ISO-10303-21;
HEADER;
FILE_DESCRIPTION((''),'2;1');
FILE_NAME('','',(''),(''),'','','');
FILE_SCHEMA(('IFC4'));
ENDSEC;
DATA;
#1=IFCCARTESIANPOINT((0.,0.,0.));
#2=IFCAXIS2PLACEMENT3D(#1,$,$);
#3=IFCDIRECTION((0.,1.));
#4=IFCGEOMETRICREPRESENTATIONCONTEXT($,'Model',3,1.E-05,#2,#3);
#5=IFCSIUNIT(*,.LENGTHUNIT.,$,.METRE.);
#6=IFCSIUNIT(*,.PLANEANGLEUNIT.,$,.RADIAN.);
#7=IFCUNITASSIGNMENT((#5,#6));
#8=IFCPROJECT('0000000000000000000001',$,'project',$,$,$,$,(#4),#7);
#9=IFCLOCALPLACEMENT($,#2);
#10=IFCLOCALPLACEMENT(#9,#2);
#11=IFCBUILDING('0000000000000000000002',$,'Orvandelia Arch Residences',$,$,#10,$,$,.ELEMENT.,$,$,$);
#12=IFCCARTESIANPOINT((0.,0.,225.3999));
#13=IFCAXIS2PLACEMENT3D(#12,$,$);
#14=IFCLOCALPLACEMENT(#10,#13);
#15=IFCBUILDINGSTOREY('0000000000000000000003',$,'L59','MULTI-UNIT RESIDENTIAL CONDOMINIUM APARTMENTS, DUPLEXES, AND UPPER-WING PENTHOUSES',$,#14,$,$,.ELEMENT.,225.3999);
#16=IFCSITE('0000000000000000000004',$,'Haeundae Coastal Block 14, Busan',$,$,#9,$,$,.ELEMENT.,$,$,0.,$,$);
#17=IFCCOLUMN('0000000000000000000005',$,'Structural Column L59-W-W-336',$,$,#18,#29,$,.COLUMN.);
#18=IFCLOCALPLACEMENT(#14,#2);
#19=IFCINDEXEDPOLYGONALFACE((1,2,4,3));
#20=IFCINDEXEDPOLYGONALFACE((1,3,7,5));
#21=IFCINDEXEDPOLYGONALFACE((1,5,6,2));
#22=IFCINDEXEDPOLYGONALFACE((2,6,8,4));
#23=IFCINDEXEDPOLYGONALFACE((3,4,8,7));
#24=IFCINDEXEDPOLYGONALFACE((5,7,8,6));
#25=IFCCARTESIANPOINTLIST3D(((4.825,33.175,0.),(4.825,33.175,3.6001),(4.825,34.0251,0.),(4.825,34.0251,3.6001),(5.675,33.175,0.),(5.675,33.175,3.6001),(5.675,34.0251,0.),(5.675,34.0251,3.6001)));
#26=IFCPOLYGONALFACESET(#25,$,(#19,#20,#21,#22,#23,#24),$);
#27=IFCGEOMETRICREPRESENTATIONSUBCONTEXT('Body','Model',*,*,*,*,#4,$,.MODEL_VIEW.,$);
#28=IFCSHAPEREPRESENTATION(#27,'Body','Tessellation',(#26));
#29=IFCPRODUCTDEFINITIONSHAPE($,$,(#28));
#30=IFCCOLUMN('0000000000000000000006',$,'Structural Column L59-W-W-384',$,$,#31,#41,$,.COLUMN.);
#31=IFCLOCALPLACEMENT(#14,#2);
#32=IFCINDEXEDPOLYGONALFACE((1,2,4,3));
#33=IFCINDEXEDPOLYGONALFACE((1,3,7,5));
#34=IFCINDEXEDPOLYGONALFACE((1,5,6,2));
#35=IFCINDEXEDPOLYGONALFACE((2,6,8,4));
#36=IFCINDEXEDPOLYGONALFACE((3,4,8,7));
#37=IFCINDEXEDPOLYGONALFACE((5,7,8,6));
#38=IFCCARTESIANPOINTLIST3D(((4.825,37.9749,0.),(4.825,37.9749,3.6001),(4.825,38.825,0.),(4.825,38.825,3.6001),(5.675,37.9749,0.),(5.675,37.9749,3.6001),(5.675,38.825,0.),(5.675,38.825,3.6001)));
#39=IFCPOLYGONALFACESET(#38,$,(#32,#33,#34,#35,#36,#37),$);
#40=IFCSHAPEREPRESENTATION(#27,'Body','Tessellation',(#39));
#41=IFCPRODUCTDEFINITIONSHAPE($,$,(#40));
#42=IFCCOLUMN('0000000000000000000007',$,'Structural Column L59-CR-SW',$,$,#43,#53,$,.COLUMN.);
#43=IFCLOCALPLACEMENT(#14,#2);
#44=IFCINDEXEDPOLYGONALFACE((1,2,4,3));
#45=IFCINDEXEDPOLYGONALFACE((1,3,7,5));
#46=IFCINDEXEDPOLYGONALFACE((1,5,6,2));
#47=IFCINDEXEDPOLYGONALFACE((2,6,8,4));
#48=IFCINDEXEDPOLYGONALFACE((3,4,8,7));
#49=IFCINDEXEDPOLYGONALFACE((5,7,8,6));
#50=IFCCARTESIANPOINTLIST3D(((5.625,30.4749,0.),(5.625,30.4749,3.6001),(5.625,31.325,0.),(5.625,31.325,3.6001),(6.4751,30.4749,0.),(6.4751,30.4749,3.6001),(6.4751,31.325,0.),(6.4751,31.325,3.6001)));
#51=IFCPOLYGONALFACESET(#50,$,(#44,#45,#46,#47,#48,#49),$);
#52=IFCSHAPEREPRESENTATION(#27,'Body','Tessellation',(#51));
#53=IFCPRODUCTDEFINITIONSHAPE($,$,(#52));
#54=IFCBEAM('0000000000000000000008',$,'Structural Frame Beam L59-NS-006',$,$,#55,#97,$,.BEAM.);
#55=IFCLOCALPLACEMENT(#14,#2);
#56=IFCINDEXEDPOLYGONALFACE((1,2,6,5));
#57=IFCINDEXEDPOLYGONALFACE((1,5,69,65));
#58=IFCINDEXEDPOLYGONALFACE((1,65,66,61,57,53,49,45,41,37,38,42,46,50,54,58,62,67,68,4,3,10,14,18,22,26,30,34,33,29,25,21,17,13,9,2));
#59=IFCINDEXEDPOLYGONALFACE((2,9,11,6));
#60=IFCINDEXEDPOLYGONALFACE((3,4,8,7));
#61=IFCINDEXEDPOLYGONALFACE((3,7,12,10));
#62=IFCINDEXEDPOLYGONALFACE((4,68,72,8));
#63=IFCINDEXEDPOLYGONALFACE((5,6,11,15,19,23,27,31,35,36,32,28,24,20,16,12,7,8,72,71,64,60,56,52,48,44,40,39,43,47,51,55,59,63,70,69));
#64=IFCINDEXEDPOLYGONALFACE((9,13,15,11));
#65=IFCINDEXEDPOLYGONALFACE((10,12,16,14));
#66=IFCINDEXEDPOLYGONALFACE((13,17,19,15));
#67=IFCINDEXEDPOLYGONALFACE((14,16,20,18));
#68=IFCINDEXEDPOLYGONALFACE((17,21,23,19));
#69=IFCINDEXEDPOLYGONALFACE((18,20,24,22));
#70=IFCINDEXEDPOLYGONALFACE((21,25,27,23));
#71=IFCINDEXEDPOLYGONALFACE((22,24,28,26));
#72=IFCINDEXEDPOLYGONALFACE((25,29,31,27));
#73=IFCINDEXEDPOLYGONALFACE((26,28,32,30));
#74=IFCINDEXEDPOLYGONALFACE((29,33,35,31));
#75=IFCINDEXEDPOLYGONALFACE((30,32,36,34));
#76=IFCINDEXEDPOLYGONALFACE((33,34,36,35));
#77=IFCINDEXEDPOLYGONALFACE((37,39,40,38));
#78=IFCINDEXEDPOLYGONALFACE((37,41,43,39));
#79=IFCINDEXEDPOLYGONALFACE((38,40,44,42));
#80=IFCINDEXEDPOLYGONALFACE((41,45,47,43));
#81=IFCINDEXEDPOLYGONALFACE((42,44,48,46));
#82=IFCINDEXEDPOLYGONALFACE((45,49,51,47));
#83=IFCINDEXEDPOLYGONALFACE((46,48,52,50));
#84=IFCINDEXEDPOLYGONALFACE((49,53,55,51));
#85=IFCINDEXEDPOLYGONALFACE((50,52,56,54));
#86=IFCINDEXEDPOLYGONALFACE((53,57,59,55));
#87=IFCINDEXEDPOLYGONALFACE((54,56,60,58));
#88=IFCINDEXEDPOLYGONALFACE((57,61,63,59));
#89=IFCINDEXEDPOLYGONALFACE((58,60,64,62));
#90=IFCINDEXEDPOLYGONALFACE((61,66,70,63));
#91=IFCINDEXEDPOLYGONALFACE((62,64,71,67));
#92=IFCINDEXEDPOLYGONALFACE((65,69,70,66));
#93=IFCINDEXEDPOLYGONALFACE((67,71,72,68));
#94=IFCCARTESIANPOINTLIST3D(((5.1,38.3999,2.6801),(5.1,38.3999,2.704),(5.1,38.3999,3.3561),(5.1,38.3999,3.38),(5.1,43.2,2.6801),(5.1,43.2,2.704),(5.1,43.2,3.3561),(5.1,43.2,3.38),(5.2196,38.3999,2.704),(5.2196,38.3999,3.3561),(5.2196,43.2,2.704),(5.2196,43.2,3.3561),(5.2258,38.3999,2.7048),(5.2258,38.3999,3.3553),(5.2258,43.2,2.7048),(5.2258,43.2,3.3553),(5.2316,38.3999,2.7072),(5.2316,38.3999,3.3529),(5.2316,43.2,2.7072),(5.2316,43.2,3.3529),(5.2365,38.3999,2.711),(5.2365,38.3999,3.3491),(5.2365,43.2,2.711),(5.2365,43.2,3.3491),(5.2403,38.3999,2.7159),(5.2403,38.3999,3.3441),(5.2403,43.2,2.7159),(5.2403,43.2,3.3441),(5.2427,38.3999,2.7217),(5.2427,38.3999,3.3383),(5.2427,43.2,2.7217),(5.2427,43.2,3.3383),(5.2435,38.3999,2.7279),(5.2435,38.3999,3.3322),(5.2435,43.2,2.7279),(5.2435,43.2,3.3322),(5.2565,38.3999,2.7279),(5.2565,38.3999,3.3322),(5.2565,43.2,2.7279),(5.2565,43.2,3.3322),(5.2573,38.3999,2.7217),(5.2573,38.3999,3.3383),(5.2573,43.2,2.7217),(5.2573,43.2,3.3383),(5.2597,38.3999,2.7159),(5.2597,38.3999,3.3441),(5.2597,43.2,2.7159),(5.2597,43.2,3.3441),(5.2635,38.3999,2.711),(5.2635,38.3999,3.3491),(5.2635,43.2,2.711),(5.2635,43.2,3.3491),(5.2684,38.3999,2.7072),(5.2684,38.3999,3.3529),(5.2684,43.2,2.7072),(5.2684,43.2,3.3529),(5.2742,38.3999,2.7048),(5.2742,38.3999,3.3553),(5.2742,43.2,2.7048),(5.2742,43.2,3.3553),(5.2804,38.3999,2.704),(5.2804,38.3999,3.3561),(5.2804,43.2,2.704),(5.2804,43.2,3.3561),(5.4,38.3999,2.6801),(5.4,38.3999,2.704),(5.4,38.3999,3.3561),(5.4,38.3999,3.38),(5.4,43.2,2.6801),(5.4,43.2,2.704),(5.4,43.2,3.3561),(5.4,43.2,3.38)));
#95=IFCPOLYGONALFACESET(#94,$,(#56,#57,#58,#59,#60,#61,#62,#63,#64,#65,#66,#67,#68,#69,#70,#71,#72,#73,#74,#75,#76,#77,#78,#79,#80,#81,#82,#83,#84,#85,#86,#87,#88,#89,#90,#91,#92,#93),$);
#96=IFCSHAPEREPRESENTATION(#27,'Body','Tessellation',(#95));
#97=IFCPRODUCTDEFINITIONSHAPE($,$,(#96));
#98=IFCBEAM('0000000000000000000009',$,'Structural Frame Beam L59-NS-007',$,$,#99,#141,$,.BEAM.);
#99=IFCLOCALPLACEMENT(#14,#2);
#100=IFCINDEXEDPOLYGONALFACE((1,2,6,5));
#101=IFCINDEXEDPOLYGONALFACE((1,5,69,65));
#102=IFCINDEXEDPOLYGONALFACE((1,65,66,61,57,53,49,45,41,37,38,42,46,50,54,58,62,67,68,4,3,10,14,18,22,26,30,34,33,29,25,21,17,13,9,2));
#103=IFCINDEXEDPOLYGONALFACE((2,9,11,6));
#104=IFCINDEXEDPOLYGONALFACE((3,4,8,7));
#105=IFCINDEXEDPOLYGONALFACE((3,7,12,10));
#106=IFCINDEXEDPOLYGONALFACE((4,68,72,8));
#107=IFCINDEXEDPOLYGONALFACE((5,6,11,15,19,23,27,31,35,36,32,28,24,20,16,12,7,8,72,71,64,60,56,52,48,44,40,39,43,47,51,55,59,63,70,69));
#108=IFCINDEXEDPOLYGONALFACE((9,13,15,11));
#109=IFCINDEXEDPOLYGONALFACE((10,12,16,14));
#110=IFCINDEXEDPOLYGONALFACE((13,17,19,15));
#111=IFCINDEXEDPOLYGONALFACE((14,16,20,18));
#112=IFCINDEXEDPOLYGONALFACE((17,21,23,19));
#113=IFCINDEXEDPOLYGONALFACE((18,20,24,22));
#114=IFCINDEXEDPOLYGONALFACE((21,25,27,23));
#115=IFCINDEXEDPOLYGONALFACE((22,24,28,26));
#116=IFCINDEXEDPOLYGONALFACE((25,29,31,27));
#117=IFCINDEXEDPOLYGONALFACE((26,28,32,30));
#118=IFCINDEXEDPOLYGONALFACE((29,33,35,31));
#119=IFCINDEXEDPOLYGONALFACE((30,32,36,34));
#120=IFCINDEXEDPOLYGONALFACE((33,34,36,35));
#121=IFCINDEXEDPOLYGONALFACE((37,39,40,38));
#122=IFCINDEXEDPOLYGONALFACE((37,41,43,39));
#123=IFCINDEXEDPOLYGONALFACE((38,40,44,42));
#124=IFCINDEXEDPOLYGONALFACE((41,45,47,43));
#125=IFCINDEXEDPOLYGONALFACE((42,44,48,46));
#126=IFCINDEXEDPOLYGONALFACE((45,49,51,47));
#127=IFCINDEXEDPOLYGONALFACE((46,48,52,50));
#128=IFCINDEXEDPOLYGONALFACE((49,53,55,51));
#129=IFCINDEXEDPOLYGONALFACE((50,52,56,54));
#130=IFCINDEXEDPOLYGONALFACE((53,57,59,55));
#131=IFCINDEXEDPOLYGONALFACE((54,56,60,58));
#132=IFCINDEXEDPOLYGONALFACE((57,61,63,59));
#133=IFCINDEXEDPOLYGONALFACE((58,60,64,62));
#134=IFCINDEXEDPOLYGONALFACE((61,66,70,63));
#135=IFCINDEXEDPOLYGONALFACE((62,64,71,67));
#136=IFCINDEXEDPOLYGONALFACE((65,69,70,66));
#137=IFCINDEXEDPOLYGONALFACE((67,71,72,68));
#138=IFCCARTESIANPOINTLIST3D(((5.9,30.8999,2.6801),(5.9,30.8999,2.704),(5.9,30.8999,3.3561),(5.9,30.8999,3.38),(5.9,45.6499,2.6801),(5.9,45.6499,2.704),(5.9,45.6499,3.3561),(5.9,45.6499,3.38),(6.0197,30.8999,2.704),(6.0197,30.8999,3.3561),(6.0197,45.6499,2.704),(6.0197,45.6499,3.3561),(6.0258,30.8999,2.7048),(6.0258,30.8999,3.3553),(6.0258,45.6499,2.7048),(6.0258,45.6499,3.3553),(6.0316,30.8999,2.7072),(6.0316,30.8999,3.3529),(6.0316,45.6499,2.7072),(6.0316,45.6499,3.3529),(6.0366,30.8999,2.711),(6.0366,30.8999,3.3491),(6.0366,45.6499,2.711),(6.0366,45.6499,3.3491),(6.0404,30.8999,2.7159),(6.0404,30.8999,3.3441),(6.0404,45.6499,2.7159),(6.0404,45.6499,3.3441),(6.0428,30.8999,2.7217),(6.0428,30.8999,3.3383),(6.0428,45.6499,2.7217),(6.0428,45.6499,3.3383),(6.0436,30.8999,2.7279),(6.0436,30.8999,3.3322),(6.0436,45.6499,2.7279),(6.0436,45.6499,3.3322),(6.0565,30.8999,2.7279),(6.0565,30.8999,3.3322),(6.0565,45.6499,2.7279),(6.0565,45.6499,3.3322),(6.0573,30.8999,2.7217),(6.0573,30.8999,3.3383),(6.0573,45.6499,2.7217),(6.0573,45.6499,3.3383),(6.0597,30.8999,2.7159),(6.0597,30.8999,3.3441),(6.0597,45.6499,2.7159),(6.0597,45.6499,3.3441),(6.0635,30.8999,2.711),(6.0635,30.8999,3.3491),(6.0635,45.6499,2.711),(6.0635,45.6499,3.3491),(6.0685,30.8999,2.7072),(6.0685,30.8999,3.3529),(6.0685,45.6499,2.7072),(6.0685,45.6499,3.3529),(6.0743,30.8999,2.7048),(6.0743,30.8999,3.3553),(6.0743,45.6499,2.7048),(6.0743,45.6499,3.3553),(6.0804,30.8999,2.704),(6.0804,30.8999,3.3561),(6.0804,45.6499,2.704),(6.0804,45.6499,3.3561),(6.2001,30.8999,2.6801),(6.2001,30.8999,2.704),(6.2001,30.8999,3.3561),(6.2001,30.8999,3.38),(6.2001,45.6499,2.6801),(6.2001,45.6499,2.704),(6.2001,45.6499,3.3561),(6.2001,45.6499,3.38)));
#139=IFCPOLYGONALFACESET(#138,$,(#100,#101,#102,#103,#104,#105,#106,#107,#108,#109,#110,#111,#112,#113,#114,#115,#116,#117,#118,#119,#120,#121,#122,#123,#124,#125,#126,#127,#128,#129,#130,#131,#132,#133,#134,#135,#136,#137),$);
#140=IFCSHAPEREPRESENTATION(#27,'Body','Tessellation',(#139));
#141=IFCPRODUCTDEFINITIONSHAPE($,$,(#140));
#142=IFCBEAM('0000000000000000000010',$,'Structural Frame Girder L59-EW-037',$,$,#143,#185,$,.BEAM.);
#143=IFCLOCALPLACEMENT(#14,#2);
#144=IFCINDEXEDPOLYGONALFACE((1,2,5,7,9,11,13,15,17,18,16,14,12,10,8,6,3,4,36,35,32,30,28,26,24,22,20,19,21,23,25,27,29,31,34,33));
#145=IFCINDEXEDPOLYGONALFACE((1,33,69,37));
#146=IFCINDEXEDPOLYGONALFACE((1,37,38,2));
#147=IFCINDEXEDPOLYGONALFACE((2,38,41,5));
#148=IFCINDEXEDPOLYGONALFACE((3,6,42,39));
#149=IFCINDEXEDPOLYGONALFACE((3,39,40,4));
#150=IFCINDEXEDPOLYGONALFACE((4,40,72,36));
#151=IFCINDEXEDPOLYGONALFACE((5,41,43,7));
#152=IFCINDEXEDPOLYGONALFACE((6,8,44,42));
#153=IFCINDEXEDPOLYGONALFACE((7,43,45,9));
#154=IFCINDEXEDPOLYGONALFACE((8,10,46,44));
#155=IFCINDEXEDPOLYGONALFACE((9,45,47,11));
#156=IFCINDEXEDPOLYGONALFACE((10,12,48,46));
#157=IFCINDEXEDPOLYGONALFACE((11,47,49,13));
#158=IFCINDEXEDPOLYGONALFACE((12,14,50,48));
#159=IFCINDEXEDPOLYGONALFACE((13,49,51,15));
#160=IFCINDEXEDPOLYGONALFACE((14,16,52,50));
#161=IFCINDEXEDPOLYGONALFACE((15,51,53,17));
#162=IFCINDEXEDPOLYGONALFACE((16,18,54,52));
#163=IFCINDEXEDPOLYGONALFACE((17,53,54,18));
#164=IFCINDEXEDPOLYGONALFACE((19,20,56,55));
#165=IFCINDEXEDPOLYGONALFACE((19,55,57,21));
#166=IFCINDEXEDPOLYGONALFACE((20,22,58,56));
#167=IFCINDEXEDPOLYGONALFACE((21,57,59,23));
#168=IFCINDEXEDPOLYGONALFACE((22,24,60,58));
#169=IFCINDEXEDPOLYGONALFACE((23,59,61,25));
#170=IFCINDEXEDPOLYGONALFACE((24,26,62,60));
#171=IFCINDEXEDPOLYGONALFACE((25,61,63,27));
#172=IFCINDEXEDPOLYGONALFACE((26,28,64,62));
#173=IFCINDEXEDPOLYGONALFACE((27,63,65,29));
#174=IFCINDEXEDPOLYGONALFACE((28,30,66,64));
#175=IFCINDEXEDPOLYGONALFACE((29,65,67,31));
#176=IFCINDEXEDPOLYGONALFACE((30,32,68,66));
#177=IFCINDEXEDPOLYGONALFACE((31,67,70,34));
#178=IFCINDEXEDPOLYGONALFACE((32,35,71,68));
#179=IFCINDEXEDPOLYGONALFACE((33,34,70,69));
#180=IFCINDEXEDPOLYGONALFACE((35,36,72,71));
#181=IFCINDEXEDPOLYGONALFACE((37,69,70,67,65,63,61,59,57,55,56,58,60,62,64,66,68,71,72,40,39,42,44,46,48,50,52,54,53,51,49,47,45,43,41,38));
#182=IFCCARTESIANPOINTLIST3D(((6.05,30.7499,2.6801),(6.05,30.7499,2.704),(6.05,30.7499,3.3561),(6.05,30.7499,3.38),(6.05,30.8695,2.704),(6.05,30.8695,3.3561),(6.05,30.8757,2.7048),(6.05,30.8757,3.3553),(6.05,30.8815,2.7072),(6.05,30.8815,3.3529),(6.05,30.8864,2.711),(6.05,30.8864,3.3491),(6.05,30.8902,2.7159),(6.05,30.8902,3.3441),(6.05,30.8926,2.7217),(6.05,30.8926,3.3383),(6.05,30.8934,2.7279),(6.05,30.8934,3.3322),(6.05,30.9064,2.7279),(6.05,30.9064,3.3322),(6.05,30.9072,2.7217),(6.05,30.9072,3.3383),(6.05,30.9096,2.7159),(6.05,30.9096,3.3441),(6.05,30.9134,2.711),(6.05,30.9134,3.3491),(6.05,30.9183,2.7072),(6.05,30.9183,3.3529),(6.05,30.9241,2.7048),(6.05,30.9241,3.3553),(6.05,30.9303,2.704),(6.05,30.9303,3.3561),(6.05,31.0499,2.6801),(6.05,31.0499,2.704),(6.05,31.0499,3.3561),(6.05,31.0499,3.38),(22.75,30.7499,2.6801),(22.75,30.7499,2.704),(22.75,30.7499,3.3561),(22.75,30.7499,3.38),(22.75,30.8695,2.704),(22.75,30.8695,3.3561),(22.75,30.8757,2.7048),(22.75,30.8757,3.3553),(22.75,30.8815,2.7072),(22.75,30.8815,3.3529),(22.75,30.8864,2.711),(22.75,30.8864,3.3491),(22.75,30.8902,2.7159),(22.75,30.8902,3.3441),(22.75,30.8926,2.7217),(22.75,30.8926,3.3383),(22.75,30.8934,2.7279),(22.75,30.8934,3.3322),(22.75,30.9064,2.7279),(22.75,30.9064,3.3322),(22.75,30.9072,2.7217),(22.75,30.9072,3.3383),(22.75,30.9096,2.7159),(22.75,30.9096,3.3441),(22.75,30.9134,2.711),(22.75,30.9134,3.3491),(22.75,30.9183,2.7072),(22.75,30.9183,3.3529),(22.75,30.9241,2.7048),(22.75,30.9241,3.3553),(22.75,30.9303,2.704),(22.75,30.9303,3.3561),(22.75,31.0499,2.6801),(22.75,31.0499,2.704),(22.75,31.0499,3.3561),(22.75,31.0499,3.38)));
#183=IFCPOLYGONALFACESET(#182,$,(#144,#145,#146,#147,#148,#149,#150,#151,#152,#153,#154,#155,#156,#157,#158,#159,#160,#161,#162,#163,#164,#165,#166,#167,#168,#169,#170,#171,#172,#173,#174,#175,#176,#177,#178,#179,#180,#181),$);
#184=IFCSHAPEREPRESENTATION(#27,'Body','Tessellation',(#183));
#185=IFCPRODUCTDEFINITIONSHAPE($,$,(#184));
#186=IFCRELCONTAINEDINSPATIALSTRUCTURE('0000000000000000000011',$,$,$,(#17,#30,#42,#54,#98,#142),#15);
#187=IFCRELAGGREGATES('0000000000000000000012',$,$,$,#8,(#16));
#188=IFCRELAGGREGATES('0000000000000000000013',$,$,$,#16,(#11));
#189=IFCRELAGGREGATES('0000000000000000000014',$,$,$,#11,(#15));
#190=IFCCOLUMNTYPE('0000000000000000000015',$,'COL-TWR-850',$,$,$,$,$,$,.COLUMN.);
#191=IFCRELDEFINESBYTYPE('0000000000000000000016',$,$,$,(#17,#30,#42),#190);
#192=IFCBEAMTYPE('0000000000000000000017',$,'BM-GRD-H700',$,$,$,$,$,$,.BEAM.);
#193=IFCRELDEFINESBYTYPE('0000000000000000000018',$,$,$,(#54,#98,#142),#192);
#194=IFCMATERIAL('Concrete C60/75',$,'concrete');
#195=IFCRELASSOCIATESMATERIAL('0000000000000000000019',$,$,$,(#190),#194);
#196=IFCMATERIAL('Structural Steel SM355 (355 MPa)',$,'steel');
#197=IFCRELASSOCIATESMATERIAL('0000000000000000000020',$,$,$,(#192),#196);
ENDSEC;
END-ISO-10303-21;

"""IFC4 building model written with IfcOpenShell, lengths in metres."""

from ifc_helpers import new_model, si_unit, direction, frame, origin, origin_2d, place, context, subcontext, project, spatial, rectangle, i_section, extrude, material, material_profile, profile_set, type_object, element, save


model = new_model("IFC4")

# Units and contexts
model_context = context("Model", 3, precision=1e-05, world=origin(), true_north=direction((0.0, 1.0)))
body_context = subcontext(model_context, "Body", "Model", "MODEL_VIEW")
ifc_project = project(units=[si_unit("LENGTHUNIT", "METRE"), si_unit("PLANEANGLEUNIT", "RADIAN")], contexts=[model_context])

# Site, building, storey
site_placement = place(None, origin())
site = spatial("IfcSite", under=ifc_project, at=site_placement, Name="Haeundae Coastal Block 14, Busan", CompositionType="ELEMENT", RefElevation=0.0)
building_placement = place(site_placement, origin())
building = spatial("IfcBuilding", under=site, at=building_placement, Name="Orvandelia Arch Residences", CompositionType="ELEMENT")
storey_placement = place(building_placement, frame((0.0, 0.0, 225.3999)))
storey = spatial("IfcBuildingStorey", under=building, at=storey_placement, Name="L59", Description="MULTI-UNIT RESIDENTIAL CONDOMINIUM APARTMENTS, DUPLEXES, AND UPPER-WING PENTHOUSES", CompositionType="ELEMENT", Elevation=225.3999)

# Columns
ifc_material_1 = material(Name="Concrete C60/75", Category="concrete")
ifc_material_profile_1 = material_profile(ifc_material_1, rectangle(XDim=0.8501, YDim=0.8501, at=origin_2d()), Name="Concrete C60/75", Category="concrete")
ifc_profile_set_1 = profile_set([ifc_material_profile_1], Name="Concrete C60/75")
column_type = type_object("IfcColumnType", Name="COL-TWR-850", PredefinedType="COLUMN", material=ifc_profile_set_1)
for number, where, z_axis, x_axis, name in (
    (1, (5.25, 33.6001, 0.0), (0.0, 0.0, 1.0), (1.0, 0.0, 0.0), "Structural Column L59-W-W-336"),
    (2, (5.25, 38.3999, 0.0), (0.0, 0.0, 1.0), (1.0, 0.0, 0.0), "Structural Column L59-W-W-384"),
    (3, (6.05, 30.8999, 0.0), (0.0, 0.0, 1.0), (1.0, 0.0, 0.0), "Structural Column L59-CR-SW"),
):
    element("IfcColumn", number, at=place(storey_placement, frame(where, z_axis=z_axis, x_axis=x_axis)), inside=storey, type_object=column_type, Name=name, PredefinedType="COLUMN", context=body_context, shape_type="SweptSolid", body=[
        extrude(rectangle(XDim=0.8501, YDim=0.8501, at=origin_2d()), origin(), (0.0, 0.0, 1.0), 3.6001),
    ])

# Beams
ifc_material_2 = material(Name="Structural Steel SM355 (355 MPa)", Category="steel")
ifc_material_profile_2 = material_profile(ifc_material_2, i_section(OverallWidth=0.3, OverallDepth=0.7, WebThickness=0.0129, FlangeThickness=0.0239, FilletRadius=0.0239, at=origin_2d()), Name="Structural Steel SM355 (355 MPa)", Category="steel")
ifc_profile_set_2 = profile_set([ifc_material_profile_2], Name="Structural Steel SM355 (355 MPa)")
beam_type_1 = type_object("IfcBeamType", Name="BM-GRD-H700", PredefinedType="BEAM", material=ifc_profile_set_2)
beam_1_placement = place(storey_placement, frame((5.25, 38.3999, 3.03), z_axis=(0.0, 1.0, 0.0), x_axis=(-1.0, 0.0, 0.0)))
element("IfcBeam", 4, at=beam_1_placement, inside=storey, type_object=beam_type_1, Name="Structural Frame Beam L59-NS-006", PredefinedType="BEAM", context=body_context, shape_type="SweptSolid", body=[
    extrude(i_section(OverallWidth=0.3, OverallDepth=0.7, WebThickness=0.0129, FlangeThickness=0.0239, FilletRadius=0.0239, at=origin_2d()), origin(), (0.0, 0.0, 1.0), 4.8),
])
beam_2_placement = place(storey_placement, frame((6.05, 30.8999, 3.03), z_axis=(0.0, 1.0, 0.0), x_axis=(-1.0, 0.0, 0.0)))
element("IfcBeam", 5, at=beam_2_placement, inside=storey, type_object=beam_type_1, Name="Structural Frame Beam L59-NS-007", PredefinedType="BEAM", context=body_context, shape_type="SweptSolid", body=[
    extrude(i_section(OverallWidth=0.3, OverallDepth=0.7, WebThickness=0.0129, FlangeThickness=0.0239, FilletRadius=0.0239, at=origin_2d()), origin(), (0.0, 0.0, 1.0), 14.75),
])
beam_3_placement = place(storey_placement, frame((6.05, 30.8999, 3.03), z_axis=(1.0, 0.0, 0.0), x_axis=(0.0, 1.0, 0.0)))
element("IfcBeam", 6, at=beam_3_placement, inside=storey, type_object=beam_type_1, Name="Structural Frame Girder L59-EW-037", PredefinedType="BEAM", context=body_context, shape_type="SweptSolid", body=[
    extrude(i_section(OverallWidth=0.3, OverallDepth=0.7, WebThickness=0.0129, FlangeThickness=0.0239, FilletRadius=0.0239, at=origin_2d()), origin(), (0.0, 0.0, 1.0), 16.7),
])

save(model, "model.ifc")
